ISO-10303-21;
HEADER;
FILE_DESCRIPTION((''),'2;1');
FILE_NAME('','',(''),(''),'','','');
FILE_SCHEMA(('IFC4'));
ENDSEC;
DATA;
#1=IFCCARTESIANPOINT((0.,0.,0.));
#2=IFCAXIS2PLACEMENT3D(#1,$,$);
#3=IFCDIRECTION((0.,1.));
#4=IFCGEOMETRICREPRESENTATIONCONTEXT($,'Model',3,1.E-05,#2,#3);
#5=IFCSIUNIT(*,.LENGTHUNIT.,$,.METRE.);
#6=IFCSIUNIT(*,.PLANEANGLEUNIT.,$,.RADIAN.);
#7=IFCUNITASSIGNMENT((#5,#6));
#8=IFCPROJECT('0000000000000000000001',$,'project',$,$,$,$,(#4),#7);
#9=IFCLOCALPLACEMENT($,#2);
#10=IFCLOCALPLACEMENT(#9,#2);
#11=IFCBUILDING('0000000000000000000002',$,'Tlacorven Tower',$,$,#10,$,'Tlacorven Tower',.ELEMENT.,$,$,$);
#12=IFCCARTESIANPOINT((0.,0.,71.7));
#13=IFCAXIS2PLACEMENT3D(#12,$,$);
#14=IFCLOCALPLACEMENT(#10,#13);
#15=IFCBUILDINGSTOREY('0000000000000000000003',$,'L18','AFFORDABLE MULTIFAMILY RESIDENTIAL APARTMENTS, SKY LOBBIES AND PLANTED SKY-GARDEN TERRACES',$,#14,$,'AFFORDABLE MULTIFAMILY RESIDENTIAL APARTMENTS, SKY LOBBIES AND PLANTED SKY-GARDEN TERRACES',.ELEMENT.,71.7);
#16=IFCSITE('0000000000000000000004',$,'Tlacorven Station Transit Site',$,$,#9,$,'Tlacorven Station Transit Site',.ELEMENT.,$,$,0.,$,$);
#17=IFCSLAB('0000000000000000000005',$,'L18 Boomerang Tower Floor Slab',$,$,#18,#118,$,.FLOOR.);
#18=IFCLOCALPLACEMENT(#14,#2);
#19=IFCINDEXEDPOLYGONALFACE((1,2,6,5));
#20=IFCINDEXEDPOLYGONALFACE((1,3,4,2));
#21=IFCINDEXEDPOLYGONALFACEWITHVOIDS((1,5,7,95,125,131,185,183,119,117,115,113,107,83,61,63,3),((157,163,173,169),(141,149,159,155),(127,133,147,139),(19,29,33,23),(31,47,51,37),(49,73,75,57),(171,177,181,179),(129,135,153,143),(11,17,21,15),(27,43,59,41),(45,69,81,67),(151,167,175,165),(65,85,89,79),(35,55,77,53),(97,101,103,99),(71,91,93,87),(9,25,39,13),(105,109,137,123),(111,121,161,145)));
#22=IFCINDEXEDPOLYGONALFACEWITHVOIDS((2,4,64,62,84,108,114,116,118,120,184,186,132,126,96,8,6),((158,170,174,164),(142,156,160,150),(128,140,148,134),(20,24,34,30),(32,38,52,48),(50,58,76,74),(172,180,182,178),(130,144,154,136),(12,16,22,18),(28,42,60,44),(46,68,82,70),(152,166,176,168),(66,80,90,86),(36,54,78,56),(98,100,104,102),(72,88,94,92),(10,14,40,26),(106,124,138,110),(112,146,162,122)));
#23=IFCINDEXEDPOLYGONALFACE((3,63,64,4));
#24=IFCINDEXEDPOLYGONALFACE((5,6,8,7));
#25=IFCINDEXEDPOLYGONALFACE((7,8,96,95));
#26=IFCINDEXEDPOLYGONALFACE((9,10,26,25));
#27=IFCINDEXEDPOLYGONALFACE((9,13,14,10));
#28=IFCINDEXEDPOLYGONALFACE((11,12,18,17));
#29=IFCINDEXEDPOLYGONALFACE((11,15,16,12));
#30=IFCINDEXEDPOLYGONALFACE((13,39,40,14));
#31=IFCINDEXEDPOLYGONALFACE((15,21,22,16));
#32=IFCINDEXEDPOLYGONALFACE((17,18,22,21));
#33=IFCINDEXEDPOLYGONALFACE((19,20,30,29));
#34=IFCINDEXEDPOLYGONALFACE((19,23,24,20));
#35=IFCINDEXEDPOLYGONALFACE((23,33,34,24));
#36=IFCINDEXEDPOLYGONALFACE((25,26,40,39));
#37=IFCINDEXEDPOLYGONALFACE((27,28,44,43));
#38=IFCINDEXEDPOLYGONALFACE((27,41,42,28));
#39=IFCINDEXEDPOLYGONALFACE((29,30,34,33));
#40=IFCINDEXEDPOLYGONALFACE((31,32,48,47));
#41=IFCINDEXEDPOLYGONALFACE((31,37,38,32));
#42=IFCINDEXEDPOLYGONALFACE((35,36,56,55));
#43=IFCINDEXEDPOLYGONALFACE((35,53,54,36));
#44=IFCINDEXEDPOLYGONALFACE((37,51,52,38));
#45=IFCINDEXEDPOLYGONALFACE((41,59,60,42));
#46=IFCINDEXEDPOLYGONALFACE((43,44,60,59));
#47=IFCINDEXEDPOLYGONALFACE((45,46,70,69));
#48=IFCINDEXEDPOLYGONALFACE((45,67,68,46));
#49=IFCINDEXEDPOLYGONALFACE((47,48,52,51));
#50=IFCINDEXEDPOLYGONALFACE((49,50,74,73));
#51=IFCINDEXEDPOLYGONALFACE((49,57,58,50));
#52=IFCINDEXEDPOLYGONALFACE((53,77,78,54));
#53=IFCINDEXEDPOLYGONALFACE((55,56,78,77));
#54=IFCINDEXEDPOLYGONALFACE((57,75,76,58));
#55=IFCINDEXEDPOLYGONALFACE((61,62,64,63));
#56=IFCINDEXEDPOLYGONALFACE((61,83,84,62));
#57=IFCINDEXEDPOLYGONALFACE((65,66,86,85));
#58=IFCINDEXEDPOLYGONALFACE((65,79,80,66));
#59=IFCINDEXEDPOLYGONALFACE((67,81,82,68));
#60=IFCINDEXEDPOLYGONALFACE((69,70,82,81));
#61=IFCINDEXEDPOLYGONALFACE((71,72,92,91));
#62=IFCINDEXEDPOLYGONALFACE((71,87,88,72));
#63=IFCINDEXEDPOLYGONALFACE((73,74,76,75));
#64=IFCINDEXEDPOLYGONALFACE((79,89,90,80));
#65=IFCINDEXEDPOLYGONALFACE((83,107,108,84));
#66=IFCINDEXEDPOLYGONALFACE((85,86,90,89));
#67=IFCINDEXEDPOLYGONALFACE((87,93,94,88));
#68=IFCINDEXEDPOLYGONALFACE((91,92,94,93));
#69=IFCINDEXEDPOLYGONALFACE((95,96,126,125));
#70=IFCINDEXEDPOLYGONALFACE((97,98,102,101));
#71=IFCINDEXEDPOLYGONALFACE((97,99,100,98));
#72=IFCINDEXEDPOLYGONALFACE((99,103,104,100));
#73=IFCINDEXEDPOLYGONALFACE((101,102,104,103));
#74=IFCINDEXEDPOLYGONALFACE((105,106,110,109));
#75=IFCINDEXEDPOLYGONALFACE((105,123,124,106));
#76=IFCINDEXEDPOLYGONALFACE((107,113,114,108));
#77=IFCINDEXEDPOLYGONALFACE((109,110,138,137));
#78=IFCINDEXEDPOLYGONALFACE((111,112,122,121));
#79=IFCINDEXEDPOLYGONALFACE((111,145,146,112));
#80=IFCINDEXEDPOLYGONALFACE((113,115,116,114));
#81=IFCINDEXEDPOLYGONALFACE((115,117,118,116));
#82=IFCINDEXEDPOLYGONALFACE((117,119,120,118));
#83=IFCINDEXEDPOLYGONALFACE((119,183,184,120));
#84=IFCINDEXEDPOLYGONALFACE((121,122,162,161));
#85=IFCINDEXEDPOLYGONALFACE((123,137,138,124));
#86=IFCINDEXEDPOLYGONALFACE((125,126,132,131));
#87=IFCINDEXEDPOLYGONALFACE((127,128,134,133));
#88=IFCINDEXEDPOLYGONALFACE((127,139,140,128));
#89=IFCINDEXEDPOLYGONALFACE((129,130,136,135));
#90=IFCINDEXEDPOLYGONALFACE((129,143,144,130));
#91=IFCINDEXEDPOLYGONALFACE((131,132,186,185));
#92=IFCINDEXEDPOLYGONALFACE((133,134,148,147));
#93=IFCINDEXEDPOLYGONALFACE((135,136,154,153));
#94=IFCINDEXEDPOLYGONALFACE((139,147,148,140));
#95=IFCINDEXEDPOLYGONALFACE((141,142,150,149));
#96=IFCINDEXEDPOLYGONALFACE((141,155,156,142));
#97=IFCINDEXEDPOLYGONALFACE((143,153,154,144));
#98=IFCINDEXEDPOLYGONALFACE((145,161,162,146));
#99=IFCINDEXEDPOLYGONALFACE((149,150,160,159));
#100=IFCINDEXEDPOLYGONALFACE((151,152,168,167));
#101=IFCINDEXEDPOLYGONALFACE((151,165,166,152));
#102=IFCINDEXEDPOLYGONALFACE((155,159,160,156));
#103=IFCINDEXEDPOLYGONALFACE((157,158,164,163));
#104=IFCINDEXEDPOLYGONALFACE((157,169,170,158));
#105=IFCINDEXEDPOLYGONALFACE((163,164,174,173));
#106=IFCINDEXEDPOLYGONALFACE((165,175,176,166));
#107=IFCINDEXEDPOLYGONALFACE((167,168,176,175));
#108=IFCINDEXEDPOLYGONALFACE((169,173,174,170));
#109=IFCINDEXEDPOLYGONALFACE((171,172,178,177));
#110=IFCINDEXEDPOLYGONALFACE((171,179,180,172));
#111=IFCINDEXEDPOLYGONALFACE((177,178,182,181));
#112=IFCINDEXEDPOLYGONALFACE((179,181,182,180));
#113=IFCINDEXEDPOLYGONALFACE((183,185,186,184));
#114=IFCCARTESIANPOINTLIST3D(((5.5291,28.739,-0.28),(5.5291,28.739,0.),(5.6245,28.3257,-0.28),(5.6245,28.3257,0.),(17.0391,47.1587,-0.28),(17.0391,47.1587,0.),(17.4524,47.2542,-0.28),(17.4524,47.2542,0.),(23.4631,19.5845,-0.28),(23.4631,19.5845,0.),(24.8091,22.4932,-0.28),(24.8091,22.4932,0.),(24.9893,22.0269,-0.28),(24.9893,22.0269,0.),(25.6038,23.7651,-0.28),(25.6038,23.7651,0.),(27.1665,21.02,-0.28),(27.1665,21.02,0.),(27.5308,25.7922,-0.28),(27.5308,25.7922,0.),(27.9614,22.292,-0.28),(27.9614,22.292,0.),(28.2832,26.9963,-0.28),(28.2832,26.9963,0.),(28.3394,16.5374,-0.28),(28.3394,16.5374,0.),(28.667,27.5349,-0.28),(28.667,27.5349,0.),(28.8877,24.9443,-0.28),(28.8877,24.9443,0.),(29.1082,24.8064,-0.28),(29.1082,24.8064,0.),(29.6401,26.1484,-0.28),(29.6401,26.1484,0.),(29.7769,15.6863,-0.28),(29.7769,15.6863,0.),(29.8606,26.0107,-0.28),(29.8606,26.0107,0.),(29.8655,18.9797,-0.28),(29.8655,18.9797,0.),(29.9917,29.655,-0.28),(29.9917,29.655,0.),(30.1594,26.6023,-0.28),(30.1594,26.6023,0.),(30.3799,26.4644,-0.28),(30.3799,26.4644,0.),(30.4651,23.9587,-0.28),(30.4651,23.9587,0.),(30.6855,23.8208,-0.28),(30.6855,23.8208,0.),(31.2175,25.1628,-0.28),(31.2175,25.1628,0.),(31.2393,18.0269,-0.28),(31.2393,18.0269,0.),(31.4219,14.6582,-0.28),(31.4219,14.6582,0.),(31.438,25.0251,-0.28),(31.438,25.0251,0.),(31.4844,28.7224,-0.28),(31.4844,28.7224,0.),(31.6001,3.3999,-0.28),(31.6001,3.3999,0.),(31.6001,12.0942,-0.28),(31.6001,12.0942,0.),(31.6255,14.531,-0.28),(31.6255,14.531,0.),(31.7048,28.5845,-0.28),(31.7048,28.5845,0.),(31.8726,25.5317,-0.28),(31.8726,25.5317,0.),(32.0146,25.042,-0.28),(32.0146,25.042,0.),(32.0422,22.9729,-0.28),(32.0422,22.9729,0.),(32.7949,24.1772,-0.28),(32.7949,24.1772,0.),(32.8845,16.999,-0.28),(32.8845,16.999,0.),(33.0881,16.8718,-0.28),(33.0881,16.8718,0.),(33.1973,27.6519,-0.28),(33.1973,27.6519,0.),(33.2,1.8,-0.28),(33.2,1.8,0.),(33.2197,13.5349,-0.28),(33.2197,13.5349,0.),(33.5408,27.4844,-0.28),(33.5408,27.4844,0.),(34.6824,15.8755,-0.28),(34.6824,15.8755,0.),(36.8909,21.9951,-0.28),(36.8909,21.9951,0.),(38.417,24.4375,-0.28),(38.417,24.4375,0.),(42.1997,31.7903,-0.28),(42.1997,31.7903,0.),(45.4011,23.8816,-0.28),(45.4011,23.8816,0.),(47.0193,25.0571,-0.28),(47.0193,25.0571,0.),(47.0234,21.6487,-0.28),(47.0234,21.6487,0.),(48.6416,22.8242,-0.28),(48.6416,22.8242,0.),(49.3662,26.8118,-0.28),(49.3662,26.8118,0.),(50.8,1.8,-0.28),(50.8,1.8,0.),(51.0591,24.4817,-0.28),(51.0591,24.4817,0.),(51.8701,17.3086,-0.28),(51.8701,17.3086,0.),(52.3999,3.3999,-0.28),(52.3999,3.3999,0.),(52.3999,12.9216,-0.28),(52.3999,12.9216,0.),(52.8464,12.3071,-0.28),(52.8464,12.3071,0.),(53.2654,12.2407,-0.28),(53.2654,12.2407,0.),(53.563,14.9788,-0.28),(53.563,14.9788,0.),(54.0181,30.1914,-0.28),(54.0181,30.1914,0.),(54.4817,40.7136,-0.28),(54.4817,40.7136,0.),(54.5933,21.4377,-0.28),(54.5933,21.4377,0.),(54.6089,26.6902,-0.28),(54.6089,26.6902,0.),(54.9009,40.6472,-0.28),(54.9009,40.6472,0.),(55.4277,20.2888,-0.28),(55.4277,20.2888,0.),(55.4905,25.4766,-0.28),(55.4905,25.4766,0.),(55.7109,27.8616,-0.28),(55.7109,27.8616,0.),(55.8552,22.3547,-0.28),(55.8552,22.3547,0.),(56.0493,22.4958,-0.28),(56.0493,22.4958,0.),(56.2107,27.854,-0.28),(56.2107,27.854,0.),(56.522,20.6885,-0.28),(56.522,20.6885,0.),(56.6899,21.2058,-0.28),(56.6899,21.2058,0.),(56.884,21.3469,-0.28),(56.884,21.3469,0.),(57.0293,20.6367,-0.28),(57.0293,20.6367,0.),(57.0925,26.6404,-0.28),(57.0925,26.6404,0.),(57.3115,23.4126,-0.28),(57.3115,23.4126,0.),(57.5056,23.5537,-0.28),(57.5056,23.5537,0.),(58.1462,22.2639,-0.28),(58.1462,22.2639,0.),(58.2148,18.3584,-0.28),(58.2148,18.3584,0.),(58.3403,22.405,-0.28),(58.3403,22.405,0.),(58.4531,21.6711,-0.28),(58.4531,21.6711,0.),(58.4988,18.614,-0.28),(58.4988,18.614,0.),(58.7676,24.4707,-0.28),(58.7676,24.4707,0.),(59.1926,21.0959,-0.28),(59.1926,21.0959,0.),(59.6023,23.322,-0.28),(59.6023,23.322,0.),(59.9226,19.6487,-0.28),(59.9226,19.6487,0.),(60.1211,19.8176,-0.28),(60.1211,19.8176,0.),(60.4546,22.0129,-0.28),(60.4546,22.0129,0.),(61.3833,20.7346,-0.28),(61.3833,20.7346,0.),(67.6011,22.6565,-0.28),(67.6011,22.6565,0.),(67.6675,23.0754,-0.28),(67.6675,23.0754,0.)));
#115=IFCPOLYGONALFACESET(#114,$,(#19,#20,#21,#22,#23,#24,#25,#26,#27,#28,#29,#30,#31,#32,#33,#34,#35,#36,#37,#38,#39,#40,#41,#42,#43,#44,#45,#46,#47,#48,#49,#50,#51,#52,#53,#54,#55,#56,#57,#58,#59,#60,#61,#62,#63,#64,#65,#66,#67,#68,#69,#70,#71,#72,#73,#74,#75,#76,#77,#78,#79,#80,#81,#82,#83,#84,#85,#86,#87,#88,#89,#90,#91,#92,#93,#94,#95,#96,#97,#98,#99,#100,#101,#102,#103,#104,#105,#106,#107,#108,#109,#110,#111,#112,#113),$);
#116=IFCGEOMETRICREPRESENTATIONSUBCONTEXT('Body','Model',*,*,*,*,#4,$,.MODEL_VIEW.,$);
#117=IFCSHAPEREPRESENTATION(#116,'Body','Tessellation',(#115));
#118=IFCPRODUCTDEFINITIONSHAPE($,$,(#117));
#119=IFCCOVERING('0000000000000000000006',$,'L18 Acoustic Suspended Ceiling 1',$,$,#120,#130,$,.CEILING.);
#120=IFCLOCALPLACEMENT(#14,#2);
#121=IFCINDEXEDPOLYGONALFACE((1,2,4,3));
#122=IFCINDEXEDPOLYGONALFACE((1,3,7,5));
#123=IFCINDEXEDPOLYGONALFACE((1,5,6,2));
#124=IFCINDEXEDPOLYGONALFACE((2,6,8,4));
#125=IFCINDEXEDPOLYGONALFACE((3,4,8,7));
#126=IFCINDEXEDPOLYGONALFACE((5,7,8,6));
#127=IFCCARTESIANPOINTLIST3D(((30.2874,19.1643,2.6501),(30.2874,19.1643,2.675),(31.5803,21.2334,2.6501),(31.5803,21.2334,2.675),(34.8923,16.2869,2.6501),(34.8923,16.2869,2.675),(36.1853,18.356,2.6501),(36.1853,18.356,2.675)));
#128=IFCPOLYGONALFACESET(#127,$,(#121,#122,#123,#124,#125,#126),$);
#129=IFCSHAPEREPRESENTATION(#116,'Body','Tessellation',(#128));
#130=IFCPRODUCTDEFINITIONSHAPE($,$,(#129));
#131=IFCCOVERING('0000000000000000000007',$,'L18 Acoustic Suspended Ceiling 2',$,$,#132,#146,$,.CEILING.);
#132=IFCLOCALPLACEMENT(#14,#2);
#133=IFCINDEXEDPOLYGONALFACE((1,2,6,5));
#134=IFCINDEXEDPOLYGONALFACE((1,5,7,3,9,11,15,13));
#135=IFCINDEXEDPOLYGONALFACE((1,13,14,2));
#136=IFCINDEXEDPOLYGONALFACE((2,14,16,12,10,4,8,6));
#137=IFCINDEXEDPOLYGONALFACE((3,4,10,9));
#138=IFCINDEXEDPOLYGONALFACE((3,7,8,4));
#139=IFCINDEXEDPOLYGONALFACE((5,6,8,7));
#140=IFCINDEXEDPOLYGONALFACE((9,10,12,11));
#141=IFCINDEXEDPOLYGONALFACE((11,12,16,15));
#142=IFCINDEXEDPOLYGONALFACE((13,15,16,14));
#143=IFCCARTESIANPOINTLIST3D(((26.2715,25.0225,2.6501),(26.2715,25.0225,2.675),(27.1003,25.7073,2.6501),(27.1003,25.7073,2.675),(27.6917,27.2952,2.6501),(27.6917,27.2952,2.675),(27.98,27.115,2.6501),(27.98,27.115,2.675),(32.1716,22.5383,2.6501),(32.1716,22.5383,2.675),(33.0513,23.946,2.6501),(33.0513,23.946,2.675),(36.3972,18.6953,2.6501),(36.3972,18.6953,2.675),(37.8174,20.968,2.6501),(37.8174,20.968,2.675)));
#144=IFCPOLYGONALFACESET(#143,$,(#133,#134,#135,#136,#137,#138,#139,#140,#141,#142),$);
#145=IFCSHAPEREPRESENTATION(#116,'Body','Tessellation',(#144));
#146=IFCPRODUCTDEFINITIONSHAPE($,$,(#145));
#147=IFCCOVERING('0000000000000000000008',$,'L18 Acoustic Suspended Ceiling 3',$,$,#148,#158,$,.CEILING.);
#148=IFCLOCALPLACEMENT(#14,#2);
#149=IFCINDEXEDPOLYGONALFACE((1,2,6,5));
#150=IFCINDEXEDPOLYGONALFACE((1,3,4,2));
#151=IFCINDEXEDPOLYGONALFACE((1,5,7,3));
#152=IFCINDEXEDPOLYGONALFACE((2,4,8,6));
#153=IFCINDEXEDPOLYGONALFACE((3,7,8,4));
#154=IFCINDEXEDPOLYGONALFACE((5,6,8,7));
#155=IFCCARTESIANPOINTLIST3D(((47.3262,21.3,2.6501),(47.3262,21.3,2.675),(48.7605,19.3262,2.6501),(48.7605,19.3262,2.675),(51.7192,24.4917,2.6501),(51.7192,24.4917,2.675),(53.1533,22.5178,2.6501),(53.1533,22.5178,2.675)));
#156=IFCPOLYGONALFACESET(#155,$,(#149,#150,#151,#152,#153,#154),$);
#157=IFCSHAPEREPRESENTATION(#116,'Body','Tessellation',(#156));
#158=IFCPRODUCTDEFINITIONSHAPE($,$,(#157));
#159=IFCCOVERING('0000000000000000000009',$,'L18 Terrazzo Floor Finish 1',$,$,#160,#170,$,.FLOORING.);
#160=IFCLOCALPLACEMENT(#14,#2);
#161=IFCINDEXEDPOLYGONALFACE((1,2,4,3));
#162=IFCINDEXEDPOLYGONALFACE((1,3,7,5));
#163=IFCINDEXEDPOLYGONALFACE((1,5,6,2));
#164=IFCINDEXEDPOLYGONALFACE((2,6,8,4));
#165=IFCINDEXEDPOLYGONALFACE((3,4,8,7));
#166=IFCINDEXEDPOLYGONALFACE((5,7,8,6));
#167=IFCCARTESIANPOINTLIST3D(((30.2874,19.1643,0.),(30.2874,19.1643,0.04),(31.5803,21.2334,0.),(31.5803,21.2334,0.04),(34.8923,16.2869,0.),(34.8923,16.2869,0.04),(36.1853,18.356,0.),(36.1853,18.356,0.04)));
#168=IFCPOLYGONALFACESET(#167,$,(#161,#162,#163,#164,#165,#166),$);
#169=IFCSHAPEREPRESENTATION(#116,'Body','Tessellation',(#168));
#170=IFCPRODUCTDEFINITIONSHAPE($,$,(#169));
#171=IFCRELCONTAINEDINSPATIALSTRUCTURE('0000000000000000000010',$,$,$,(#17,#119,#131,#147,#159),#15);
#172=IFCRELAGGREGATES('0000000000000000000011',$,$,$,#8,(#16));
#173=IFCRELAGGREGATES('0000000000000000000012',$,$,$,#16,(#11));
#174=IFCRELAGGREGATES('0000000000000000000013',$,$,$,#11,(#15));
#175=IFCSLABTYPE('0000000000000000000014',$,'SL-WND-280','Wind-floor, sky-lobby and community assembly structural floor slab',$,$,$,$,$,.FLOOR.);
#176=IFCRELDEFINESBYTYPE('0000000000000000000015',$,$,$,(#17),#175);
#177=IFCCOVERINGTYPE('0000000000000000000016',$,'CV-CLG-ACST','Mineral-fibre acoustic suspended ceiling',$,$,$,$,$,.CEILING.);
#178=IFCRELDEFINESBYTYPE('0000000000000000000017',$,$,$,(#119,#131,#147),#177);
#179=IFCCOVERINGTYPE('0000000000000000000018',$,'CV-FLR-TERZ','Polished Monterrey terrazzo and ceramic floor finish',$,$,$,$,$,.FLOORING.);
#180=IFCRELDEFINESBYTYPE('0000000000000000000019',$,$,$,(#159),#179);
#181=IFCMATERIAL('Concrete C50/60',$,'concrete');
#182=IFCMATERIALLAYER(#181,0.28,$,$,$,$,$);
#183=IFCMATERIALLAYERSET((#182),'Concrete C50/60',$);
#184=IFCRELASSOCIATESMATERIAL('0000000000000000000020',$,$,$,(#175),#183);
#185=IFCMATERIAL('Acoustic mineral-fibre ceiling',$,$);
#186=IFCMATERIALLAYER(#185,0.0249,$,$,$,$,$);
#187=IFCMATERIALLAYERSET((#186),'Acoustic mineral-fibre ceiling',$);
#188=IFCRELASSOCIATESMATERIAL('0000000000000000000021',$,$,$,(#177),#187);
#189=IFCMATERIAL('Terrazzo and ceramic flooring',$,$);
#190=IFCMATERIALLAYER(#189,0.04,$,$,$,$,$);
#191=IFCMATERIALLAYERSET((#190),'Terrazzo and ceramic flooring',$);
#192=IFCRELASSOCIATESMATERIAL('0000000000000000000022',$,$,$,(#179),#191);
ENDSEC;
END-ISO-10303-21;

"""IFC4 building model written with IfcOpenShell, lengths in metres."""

from ifc_helpers import new_model, si_unit, direction, frame, origin, place, context, subcontext, project, spatial, polyline, outline, extrude, material, layer, layer_set, type_object, element, save


model = new_model("IFC4")

# Units and contexts
model_context = context("Model", 3, precision=1e-05, world=origin(), true_north=direction((0.0, 1.0)))
body_context = subcontext(model_context, "Body", "Model", "MODEL_VIEW")
ifc_project = project(units=[si_unit("LENGTHUNIT", "METRE"), si_unit("PLANEANGLEUNIT", "RADIAN")], contexts=[model_context])

# Site, building, storey
site_placement = place(None, origin())
site = spatial("IfcSite", under=ifc_project, at=site_placement, Name="Tlacorven Station Transit Site", LongName="Tlacorven Station Transit Site", CompositionType="ELEMENT", RefElevation=0.0)
building_placement = place(site_placement, origin())
building = spatial("IfcBuilding", under=site, at=building_placement, Name="Tlacorven Tower", LongName="Tlacorven Tower", CompositionType="ELEMENT")
storey_placement = place(building_placement, frame((0.0, 0.0, 71.7)))
storey = spatial("IfcBuildingStorey", under=building, at=storey_placement, Name="L18", Description="AFFORDABLE MULTIFAMILY RESIDENTIAL APARTMENTS, SKY LOBBIES AND PLANTED SKY-GARDEN TERRACES", LongName="AFFORDABLE MULTIFAMILY RESIDENTIAL APARTMENTS, SKY LOBBIES AND PLANTED SKY-GARDEN TERRACES", CompositionType="ELEMENT", Elevation=71.7)

# Slab
ifc_material_1 = material(Name="Concrete C50/60", Category="concrete")
ifc_layer_1 = layer(ifc_material_1, 0.28)
ifc_layer_set_1 = layer_set([ifc_layer_1], Name="Concrete C50/60")
slab_type_1 = type_object("IfcSlabType", Name="SL-WND-280", Description="Wind-floor, sky-lobby and community assembly structural floor slab", PredefinedType="FLOOR", material=ifc_layer_set_1)
slab_1_placement = place(storey_placement, frame((0.0, 0.0, -0.28)))
element("IfcSlab", 1, at=slab_1_placement, inside=storey, type_object=slab_type_1, Name="L18 Boomerang Tower Floor Slab", PredefinedType="FLOOR", context=body_context, shape_type="SweptSolid", body=[
    extrude(outline(polyline([(52.3999, 3.3999), (50.8, 1.8), (33.2, 1.8), (31.6001, 3.3999), (31.6001, 12.0942), (5.6245, 28.3257), (5.5291, 28.739), (17.0391, 47.1587), (17.4524, 47.2542), (42.1997, 31.7903), (54.4817, 40.7136), (54.9009, 40.6472), (67.6675, 23.0754), (67.6011, 22.6565), (53.2654, 12.2407), (52.8464, 12.3071), (52.3999, 12.9216), (52.3999, 3.3999)]), holes=[polyline([(29.8655, 18.9797), (24.9893, 22.0269), (23.4631, 19.5845), (28.3394, 16.5374), (29.8655, 18.9797)]), polyline([(38.417, 24.4375), (33.5408, 27.4844), (32.0146, 25.042), (36.8909, 21.9951), (38.417, 24.4375)]), polyline([(51.0591, 24.4817), (55.7109, 27.8616), (54.0181, 30.1914), (49.3662, 26.8118), (51.0591, 24.4817)]), polyline([(53.563, 14.9788), (58.2148, 18.3584), (56.522, 20.6885), (51.8701, 17.3086), (53.563, 14.9788)]), polyline([(34.6824, 15.8755), (33.0881, 16.8718), (31.6255, 14.531), (33.2197, 13.5349), (34.6824, 15.8755)]), polyline([(32.8845, 16.999), (31.2393, 18.0269), (29.7769, 15.6863), (31.4219, 14.6582), (32.8845, 16.999)]), polyline([(47.0234, 21.6487), (48.6416, 22.8242), (47.0193, 25.0571), (45.4011, 23.8816), (47.0234, 21.6487)]), polyline([(33.1973, 27.6519), (31.7048, 28.5845), (30.3799, 26.4644), (31.8726, 25.5317), (33.1973, 27.6519)]), polyline([(31.4844, 28.7224), (29.9917, 29.655), (28.667, 27.5349), (30.1594, 26.6023), (31.4844, 28.7224)]), polyline([(32.7949, 24.1772), (31.438, 25.0251), (30.6855, 23.8208), (32.0422, 22.9729), (32.7949, 24.1772)]), polyline([(31.2175, 25.1628), (29.8606, 26.0107), (29.1082, 24.8064), (30.4651, 23.9587), (31.2175, 25.1628)]), polyline([(29.6401, 26.1484), (28.2832, 26.9963), (27.5308, 25.7922), (28.8877, 24.9443), (29.6401, 26.1484)]), polyline([(55.4277, 20.2888), (56.6899, 21.2058), (55.8552, 22.3547), (54.5933, 21.4377), (55.4277, 20.2888)]), polyline([(56.884, 21.3469), (58.1462, 22.2639), (57.3115, 23.4126), (56.0493, 22.4958), (56.884, 21.3469)]), polyline([(58.3403, 22.405), (59.6023, 23.322), (58.7676, 24.4707), (57.5056, 23.5537), (58.3403, 22.405)]), polyline([(58.4988, 18.614), (59.9226, 19.6487), (58.4531, 21.6711), (57.0293, 20.6367), (58.4988, 18.614)]), polyline([(27.9614, 22.292), (25.6038, 23.7651), (24.8091, 22.4932), (27.1665, 21.02), (27.9614, 22.292)]), polyline([(55.4905, 25.4766), (57.0925, 26.6404), (56.2107, 27.854), (54.6089, 26.6902), (55.4905, 25.4766)]), polyline([(60.1211, 19.8176), (61.3833, 20.7346), (60.4546, 22.0129), (59.1926, 21.0959), (60.1211, 19.8176)])]), origin(), (0.0, 0.0, 1.0), 0.28),
])

# Coverings
ifc_material_2 = material(Name="Acoustic mineral-fibre ceiling")
ifc_layer_2 = layer(ifc_material_2, 0.0249)
ifc_layer_set_2 = layer_set([ifc_layer_2], Name="Acoustic mineral-fibre ceiling")
covering_type_1 = type_object("IfcCoveringType", Name="CV-CLG-ACST", Description="Mineral-fibre acoustic suspended ceiling", PredefinedType="CEILING", material=ifc_layer_set_2)
covering_1_placement = place(storey_placement, frame((0.0, 0.0, 2.6501)))
element("IfcCovering", 2, at=covering_1_placement, inside=storey, type_object=covering_type_1, Name="L18 Acoustic Suspended Ceiling 1", PredefinedType="CEILING", context=body_context, shape_type="SweptSolid", body=[
    extrude(outline(polyline([(36.1853, 18.356), (34.8923, 16.2869), (30.2874, 19.1643), (31.5803, 21.2334), (36.1853, 18.356)])), origin(), (0.0, 0.0, 1.0), 0.0249),
])
covering_2_placement = place(storey_placement, frame((0.0, 0.0, 2.6501)))
element("IfcCovering", 3, at=covering_2_placement, inside=storey, type_object=covering_type_1, Name="L18 Acoustic Suspended Ceiling 2", PredefinedType="CEILING", context=body_context, shape_type="SweptSolid", body=[
    extrude(outline(polyline([(37.8174, 20.968), (36.3972, 18.6953), (26.2715, 25.0225), (27.6917, 27.2952), (27.98, 27.115), (27.1003, 25.7073), (32.1716, 22.5383), (33.0513, 23.946), (37.8174, 20.968)])), origin(), (0.0, 0.0, 1.0), 0.0249),
])
covering_3_placement = place(storey_placement, frame((0.0, 0.0, 2.6501)))
element("IfcCovering", 4, at=covering_3_placement, inside=storey, type_object=covering_type_1, Name="L18 Acoustic Suspended Ceiling 3", PredefinedType="CEILING", context=body_context, shape_type="SweptSolid", body=[
    extrude(outline(polyline([(48.7605, 19.3262), (47.3262, 21.3), (51.7192, 24.4917), (53.1533, 22.5178), (48.7605, 19.3262)])), origin(), (0.0, 0.0, 1.0), 0.0249),
])
ifc_material_3 = material(Name="Terrazzo and ceramic flooring")
ifc_layer_3 = layer(ifc_material_3, 0.04)
ifc_layer_set_3 = layer_set([ifc_layer_3], Name="Terrazzo and ceramic flooring")
covering_type_2 = type_object("IfcCoveringType", Name="CV-FLR-TERZ", Description="Polished Monterrey terrazzo and ceramic floor finish", PredefinedType="FLOORING", material=ifc_layer_set_3)
covering_4_placement = place(storey_placement, origin())
element("IfcCovering", 5, at=covering_4_placement, inside=storey, type_object=covering_type_2, Name="L18 Terrazzo Floor Finish 1", PredefinedType="FLOORING", context=body_context, shape_type="SweptSolid", body=[
    extrude(outline(polyline([(36.1853, 18.356), (34.8923, 16.2869), (30.2874, 19.1643), (31.5803, 21.2334), (36.1853, 18.356)])), origin(), (0.0, 0.0, 1.0), 0.04),
])

save(model, "model.ifc")
